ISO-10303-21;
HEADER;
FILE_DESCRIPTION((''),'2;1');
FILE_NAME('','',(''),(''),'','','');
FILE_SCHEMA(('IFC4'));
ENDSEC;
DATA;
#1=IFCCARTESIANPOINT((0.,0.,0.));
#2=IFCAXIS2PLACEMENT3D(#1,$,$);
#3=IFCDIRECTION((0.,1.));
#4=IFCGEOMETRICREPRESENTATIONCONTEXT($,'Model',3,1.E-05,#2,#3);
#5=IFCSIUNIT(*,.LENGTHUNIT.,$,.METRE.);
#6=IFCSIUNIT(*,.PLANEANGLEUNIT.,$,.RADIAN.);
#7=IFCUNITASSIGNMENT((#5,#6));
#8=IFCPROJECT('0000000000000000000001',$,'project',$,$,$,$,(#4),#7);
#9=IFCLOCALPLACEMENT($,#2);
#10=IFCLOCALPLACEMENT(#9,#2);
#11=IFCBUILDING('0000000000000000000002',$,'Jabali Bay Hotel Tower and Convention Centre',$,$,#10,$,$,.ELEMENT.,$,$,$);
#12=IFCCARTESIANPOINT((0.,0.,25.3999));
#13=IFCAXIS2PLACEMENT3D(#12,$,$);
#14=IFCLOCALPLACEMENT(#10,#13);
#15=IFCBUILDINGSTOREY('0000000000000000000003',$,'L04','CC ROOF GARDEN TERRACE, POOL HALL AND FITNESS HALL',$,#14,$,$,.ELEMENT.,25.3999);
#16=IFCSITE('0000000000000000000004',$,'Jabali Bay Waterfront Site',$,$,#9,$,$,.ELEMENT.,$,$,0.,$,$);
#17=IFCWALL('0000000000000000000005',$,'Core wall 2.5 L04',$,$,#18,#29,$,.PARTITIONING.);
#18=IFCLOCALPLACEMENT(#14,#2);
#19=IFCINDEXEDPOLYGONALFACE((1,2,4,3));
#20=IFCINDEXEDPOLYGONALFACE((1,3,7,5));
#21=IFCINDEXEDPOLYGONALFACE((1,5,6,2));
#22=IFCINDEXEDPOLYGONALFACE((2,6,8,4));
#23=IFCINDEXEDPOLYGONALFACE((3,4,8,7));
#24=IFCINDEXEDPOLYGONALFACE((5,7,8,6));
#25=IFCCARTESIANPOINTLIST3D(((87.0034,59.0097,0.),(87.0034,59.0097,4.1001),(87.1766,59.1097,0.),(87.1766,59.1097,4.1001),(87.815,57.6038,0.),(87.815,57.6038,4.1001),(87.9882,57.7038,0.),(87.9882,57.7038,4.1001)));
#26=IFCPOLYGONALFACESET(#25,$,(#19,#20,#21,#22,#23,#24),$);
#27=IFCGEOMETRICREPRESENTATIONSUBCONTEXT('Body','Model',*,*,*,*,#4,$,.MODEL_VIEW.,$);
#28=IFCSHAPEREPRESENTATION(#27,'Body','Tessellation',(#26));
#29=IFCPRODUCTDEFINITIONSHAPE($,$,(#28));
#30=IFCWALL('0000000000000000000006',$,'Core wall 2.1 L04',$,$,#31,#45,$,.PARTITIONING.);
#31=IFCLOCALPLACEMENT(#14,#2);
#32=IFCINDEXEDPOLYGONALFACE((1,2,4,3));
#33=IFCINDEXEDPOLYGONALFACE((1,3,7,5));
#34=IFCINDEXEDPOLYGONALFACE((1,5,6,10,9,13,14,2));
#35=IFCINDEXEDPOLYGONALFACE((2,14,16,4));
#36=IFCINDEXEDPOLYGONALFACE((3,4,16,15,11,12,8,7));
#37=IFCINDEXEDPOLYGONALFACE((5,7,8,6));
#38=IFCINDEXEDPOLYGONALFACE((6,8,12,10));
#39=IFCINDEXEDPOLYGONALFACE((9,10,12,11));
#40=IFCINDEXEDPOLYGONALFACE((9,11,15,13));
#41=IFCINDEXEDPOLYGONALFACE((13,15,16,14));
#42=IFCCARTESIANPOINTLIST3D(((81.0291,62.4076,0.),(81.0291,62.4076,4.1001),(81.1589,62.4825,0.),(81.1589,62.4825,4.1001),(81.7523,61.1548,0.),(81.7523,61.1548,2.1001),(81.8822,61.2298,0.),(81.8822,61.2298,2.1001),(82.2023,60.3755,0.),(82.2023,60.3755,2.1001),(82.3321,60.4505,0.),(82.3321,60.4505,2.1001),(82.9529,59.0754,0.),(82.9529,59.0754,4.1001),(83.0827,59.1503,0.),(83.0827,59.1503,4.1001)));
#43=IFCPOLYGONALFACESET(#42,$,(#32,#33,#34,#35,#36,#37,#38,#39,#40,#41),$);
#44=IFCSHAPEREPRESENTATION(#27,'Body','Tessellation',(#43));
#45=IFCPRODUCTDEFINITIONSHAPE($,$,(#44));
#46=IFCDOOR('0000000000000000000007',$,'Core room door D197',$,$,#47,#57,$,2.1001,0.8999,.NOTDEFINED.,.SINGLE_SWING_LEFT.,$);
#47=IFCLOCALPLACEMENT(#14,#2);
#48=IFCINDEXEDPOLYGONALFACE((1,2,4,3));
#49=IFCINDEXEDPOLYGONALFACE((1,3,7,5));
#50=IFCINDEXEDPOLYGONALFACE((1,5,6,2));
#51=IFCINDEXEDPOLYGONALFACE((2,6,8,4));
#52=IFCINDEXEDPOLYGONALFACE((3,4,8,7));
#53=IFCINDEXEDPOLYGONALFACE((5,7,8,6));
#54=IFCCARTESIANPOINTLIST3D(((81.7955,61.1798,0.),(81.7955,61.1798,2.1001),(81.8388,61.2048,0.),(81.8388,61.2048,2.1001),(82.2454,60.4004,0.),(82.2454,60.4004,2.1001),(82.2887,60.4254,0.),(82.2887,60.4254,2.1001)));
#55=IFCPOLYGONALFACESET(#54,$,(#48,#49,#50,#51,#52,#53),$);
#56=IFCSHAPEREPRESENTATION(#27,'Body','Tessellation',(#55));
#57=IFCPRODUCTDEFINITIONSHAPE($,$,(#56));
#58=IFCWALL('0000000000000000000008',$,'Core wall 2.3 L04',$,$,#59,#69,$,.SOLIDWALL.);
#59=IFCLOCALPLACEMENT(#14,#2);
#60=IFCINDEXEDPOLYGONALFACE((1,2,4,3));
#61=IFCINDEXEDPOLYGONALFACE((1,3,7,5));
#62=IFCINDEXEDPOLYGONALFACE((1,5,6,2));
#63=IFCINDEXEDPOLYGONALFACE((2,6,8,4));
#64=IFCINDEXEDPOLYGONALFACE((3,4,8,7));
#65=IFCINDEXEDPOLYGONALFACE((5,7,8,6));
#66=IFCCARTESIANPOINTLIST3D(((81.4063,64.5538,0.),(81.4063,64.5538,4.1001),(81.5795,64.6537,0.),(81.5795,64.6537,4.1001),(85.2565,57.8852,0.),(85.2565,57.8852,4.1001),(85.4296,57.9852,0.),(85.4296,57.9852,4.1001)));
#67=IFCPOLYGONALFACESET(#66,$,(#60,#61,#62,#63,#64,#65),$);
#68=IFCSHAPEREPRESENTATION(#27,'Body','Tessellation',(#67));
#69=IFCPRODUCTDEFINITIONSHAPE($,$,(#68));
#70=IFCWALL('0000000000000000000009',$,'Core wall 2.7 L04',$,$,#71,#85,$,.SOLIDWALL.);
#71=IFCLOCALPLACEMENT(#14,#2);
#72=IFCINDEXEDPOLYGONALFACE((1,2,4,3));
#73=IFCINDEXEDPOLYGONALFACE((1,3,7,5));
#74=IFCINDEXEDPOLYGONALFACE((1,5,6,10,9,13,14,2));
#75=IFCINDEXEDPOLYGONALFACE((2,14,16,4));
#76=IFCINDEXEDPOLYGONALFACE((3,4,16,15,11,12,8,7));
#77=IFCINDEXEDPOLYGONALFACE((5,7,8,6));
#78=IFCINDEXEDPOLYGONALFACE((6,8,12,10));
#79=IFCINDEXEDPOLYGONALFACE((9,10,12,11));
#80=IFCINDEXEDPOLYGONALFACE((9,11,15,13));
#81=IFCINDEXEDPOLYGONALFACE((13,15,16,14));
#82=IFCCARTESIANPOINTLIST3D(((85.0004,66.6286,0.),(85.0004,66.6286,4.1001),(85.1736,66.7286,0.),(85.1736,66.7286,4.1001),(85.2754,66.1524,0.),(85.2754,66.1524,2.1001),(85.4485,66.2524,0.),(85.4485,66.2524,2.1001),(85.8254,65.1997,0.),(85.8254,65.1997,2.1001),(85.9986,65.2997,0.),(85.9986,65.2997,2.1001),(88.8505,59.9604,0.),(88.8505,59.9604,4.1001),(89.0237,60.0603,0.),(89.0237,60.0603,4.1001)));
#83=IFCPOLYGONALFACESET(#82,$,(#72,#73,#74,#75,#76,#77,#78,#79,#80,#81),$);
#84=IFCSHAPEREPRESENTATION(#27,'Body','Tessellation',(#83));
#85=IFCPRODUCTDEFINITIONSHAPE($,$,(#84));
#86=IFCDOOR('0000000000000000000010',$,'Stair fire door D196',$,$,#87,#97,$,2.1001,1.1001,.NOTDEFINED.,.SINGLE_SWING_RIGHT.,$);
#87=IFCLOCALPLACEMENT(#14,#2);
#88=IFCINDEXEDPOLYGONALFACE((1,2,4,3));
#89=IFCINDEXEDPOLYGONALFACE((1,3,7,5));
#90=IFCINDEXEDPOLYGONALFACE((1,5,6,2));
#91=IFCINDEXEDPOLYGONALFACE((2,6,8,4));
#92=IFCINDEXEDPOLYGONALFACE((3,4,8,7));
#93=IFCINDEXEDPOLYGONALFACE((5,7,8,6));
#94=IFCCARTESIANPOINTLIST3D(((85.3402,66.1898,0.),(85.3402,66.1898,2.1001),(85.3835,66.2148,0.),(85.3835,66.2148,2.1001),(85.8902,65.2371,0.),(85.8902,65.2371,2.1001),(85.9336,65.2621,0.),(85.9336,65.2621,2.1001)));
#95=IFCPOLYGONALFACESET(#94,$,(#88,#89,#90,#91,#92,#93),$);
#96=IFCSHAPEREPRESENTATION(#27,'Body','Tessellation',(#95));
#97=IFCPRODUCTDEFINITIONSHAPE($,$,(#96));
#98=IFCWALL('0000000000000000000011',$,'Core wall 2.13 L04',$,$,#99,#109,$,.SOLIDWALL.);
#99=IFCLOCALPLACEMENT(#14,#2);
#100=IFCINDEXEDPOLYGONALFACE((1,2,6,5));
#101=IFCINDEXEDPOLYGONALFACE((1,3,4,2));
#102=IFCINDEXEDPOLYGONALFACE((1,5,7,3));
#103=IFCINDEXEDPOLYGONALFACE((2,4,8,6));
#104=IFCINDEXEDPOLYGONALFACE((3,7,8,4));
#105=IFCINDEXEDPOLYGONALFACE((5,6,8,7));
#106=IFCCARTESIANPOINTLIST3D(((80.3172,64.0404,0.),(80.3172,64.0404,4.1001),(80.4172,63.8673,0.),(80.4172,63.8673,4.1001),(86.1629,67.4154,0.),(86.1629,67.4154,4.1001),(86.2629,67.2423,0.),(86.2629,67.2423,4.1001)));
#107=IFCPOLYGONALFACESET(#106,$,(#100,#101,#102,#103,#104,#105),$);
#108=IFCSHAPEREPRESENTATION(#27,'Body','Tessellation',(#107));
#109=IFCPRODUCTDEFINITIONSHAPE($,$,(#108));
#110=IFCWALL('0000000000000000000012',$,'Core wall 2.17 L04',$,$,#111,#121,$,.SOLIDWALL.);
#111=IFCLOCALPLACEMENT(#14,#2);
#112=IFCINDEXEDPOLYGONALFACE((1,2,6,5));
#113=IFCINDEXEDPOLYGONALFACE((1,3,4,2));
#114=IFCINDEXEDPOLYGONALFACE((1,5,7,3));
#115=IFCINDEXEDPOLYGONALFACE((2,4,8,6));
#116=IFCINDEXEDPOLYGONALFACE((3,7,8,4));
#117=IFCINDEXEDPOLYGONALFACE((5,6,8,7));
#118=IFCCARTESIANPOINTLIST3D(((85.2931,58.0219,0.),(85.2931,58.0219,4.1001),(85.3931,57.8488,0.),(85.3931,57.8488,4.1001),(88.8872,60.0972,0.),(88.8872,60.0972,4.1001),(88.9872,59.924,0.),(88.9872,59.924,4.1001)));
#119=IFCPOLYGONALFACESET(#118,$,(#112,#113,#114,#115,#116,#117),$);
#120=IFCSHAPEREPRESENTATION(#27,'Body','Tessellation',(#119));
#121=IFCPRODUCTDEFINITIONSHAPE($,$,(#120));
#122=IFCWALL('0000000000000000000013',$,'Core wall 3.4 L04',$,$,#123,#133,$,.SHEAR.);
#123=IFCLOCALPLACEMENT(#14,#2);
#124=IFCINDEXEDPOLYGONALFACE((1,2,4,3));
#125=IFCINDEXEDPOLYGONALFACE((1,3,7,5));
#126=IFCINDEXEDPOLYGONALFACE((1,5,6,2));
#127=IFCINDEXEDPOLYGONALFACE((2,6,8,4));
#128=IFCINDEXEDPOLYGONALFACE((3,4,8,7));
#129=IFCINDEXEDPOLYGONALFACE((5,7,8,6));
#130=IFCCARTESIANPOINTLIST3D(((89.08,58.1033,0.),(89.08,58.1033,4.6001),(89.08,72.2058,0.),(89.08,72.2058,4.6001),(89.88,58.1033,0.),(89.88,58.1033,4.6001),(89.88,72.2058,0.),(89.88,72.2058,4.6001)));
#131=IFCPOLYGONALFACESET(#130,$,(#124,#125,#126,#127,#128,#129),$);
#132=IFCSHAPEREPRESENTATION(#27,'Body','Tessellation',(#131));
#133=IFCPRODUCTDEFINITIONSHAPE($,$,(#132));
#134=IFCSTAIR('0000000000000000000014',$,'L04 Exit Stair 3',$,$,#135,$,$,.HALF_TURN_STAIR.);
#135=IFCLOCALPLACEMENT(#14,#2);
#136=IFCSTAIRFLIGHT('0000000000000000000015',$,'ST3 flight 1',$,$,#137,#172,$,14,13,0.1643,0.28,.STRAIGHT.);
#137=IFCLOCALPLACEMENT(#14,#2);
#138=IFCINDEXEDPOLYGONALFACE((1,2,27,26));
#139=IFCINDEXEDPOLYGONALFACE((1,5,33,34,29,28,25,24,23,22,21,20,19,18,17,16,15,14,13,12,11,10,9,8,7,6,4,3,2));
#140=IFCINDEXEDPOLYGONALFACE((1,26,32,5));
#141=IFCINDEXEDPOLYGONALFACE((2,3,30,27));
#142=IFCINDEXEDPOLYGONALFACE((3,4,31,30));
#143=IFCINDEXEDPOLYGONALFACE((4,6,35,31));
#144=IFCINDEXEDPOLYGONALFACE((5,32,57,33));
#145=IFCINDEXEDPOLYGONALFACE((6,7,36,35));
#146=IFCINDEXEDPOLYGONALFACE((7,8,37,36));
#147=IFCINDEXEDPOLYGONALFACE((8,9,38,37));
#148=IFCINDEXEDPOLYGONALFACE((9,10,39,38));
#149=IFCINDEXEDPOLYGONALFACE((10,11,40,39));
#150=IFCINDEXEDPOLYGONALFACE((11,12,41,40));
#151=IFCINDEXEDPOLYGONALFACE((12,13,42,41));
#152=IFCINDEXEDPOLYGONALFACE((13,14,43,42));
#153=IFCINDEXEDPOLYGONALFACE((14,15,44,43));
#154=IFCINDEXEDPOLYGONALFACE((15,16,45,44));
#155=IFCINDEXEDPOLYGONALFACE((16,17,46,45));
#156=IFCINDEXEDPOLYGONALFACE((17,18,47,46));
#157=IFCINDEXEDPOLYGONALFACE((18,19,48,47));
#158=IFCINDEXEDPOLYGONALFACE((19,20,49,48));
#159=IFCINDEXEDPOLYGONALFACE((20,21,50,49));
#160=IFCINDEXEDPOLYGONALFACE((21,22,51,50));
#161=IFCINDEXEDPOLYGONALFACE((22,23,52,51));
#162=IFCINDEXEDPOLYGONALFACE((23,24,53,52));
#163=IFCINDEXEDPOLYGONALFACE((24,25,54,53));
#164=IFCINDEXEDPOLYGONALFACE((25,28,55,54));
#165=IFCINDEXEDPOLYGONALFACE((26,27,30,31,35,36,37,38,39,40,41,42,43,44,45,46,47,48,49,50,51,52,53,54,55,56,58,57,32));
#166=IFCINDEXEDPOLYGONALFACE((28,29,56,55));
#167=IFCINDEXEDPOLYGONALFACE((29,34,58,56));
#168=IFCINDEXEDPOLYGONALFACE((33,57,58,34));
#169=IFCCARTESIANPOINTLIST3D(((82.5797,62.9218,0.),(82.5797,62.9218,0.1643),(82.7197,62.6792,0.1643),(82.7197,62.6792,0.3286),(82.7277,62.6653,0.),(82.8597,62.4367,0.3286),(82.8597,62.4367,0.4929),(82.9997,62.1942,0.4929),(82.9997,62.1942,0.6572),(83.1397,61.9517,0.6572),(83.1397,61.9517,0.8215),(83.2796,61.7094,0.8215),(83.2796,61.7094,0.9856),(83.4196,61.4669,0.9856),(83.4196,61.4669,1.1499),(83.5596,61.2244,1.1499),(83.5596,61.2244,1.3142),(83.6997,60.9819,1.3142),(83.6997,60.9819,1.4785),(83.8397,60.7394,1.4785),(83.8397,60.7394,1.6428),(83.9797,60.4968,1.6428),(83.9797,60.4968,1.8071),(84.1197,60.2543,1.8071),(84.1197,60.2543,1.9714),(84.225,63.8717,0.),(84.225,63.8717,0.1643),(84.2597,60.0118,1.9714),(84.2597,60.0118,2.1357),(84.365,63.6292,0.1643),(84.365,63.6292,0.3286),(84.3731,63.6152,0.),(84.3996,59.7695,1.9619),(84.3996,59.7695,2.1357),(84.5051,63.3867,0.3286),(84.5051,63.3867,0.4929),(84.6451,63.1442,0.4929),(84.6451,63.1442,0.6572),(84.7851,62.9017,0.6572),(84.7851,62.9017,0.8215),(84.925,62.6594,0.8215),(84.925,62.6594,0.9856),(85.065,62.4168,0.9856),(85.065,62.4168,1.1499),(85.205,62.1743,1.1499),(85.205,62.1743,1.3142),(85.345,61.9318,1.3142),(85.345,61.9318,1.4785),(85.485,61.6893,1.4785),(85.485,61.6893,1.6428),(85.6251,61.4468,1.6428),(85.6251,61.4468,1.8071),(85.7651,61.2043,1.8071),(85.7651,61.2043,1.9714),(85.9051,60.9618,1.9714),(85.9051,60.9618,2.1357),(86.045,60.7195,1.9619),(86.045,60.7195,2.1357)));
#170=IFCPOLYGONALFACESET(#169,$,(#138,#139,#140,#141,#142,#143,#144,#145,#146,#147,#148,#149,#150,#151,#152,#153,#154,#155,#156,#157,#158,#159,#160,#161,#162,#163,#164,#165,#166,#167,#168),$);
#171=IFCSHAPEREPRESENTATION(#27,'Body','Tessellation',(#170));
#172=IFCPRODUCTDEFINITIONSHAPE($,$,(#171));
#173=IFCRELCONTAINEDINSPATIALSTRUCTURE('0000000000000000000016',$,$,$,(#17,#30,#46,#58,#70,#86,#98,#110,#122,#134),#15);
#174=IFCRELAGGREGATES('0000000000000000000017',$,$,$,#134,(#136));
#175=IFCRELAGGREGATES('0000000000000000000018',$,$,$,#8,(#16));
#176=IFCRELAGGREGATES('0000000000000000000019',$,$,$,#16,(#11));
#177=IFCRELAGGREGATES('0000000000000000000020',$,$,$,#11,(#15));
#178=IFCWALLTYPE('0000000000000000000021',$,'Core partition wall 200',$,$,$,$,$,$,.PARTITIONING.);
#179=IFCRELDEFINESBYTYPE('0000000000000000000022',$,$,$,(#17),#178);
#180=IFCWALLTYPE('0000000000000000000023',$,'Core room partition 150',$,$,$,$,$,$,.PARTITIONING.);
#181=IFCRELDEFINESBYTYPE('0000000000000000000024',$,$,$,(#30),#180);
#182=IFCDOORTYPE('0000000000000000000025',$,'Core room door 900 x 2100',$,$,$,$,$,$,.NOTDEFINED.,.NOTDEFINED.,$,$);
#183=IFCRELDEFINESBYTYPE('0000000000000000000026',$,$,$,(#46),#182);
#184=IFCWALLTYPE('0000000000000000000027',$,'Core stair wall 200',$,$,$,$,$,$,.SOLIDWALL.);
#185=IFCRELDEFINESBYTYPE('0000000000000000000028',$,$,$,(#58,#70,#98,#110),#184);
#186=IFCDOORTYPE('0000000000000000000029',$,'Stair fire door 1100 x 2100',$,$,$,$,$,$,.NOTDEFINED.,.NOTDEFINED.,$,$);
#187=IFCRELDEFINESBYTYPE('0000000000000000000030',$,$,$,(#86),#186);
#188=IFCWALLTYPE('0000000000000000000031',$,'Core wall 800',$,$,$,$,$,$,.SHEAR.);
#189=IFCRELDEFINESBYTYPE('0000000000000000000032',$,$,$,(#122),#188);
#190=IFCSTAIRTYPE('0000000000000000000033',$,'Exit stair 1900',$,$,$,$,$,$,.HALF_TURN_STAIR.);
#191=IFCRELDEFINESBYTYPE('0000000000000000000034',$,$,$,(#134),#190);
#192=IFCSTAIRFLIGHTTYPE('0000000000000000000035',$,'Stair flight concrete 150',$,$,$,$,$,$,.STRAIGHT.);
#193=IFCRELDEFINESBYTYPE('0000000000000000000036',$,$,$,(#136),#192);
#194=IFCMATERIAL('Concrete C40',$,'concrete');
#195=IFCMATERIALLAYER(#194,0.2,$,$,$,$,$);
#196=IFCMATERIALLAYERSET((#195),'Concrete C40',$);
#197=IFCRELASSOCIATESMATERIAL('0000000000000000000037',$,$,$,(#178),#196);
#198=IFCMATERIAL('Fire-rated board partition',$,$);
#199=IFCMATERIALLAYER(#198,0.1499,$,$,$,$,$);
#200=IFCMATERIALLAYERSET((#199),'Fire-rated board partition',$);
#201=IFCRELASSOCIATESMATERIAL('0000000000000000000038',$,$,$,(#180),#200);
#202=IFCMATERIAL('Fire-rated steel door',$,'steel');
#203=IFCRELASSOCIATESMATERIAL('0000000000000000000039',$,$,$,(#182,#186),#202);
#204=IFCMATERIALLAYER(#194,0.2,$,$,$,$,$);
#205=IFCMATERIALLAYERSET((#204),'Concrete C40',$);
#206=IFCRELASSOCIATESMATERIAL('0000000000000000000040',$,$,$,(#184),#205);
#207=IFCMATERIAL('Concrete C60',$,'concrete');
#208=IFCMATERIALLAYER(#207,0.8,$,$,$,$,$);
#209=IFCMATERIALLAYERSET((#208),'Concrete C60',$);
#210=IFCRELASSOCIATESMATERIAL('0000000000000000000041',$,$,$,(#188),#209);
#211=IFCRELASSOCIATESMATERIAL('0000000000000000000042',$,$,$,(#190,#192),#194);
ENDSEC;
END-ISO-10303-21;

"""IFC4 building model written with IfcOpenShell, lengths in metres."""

from ifc_helpers import new_model, si_unit, direction, frame, frame_2d, origin, place, context, subcontext, project, spatial, polyline, rectangle, outline, extrude, material, layer, layer_set, type_object, element, fill, aggregate, save


model = new_model("IFC4")

# Units and contexts
model_context = context("Model", 3, precision=1e-05, world=origin(), true_north=direction((0.0, 1.0)))
body_context = subcontext(model_context, "Body", "Model", "MODEL_VIEW")
ifc_project = project(units=[si_unit("LENGTHUNIT", "METRE"), si_unit("PLANEANGLEUNIT", "RADIAN")], contexts=[model_context])

# Site, building, storey
site_placement = place(None, origin())
site = spatial("IfcSite", under=ifc_project, at=site_placement, Name="Jabali Bay Waterfront Site", CompositionType="ELEMENT", RefElevation=0.0)
building_placement = place(site_placement, origin())
building = spatial("IfcBuilding", under=site, at=building_placement, Name="Jabali Bay Hotel Tower and Convention Centre", CompositionType="ELEMENT")
storey_placement = place(building_placement, frame((0.0, 0.0, 25.3999)))
storey = spatial("IfcBuildingStorey", under=building, at=storey_placement, Name="L04", Description="CC ROOF GARDEN TERRACE, POOL HALL AND FITNESS HALL", CompositionType="ELEMENT", Elevation=25.3999)

# Wall
ifc_material_1 = material(Name="Concrete C40", Category="concrete")
ifc_layer_1 = layer(ifc_material_1, 0.2)
ifc_layer_set_1 = layer_set([ifc_layer_1], Name="Concrete C40")
wall_type_1 = type_object("IfcWallType", Name="Core partition wall 200", PredefinedType="PARTITIONING", material=ifc_layer_set_1)
wall_1_placement = place(storey_placement, frame((87.0901, 59.0596, 0.0), z_axis=(0.0, 0.0, 1.0), x_axis=(0.499957, -0.86605, 0.0)))
element("IfcWall", 1, at=wall_1_placement, inside=storey, type_object=wall_type_1, Name="Core wall 2.5 L04", PredefinedType="PARTITIONING", context=body_context, shape_type="SweptSolid", body=[
    extrude(rectangle(XDim=1.6233, YDim=0.2, at=frame_2d((0.8115, 0.0))), origin(), (0.0, 0.0, 1.0), 4.1001),
])

# Wall, opening, door
ifc_material_2 = material(Name="Fire-rated board partition")
ifc_layer_2 = layer(ifc_material_2, 0.1499)
ifc_layer_set_2 = layer_set([ifc_layer_2], Name="Fire-rated board partition")
wall_type_2 = type_object("IfcWallType", Name="Core room partition 150", PredefinedType="PARTITIONING", material=ifc_layer_set_2)
wall_2_placement = place(storey_placement, frame((81.094, 62.4451, 0.0), z_axis=(0.0, 0.0, 1.0), x_axis=(0.499988, -0.866032, 0.0)))
wall_2 = element("IfcWall", 2, at=wall_2_placement, inside=storey, type_object=wall_type_2, Name="Core wall 2.1 L04", PredefinedType="PARTITIONING", context=body_context, shape_type="SweptSolid", body=[
    extrude(rectangle(XDim=3.8477, YDim=0.1499, at=frame_2d((1.9238, 0.0))), origin(), (0.0, 0.0, 1.0), 4.1001),
])
opening_1_placement = place(wall_2_placement, frame((1.4465, 0.0, 0.0)))
opening_1 = element("IfcOpeningElement", 3, at=opening_1_placement, cuts=wall_2, PredefinedType="OPENING", context=body_context, shape_type="SweptSolid", body=[
    extrude(rectangle(XDim=0.8999, YDim=2.1001, at=frame_2d((0.45, 1.05))), frame((0.0, 0.0854, 0.0), z_axis=(0.0, -1.0, 0.0), x_axis=(1.0, 0.0, 0.0)), (0.0, 0.0, 1.0), 0.1709),
])
ifc_material_3 = material(Name="Fire-rated steel door", Category="steel")
door_type_1 = type_object("IfcDoorType", Name="Core room door 900 x 2100", OperationType="NOTDEFINED", PredefinedType="NOTDEFINED", material=ifc_material_3)
door_1_placement = place(opening_1_placement, origin())
door_1 = element("IfcDoor", 4, at=door_1_placement, inside=storey, type_object=door_type_1, Name="Core room door D197", OperationType="SINGLE_SWING_LEFT", OverallHeight=2.1001, OverallWidth=0.8999, PredefinedType="NOTDEFINED", context=body_context, shape_type="SweptSolid", body=[
    extrude(rectangle(XDim=0.8999, YDim=2.1001, at=frame_2d((0.45, 1.05))), frame((0.0, 0.0249, 0.0), z_axis=(0.0, -1.0, 0.0), x_axis=(1.0, 0.0, 0.0)), (0.0, 0.0, 1.0), 0.05),
])
fill(opening_1, door_1)

# Wall
ifc_layer_3 = layer(ifc_material_1, 0.2)
ifc_layer_set_3 = layer_set([ifc_layer_3], Name="Concrete C40")
wall_type_3 = type_object("IfcWallType", Name="Core stair wall 200", PredefinedType="SOLIDWALL", material=ifc_layer_set_3)
wall_3_placement = place(storey_placement, frame((81.4929, 64.6038, 0.0), z_axis=(0.0, 0.0, 1.0), x_axis=(0.500006, -0.866022, 0.0)))
element("IfcWall", 5, at=wall_3_placement, inside=storey, type_object=wall_type_3, Name="Core wall 2.3 L04", PredefinedType="SOLIDWALL", context=body_context, shape_type="SweptSolid", body=[
    extrude(rectangle(XDim=7.7002, YDim=0.2, at=frame_2d((3.8501, 0.0))), origin(), (0.0, 0.0, 1.0), 4.1001),
])

# Wall, opening, door
wall_4_placement = place(storey_placement, frame((85.0869, 66.6787, 0.0), z_axis=(0.0, 0.0, 1.0), x_axis=(0.50002, -0.866014, 0.0)))
wall_4 = element("IfcWall", 6, at=wall_4_placement, inside=storey, type_object=wall_type_3, Name="Core wall 2.7 L04", PredefinedType="SOLIDWALL", context=body_context, shape_type="SweptSolid", body=[
    extrude(rectangle(XDim=7.7, YDim=0.2, at=frame_2d((3.8501, 0.0))), origin(), (0.0, 0.0, 1.0), 4.1001),
])
opening_2_placement = place(wall_4_placement, frame((0.55, 0.0, 0.0)))
opening_2 = element("IfcOpeningElement", 7, at=opening_2_placement, cuts=wall_4, PredefinedType="OPENING", context=body_context, shape_type="SweptSolid", body=[
    extrude(rectangle(XDim=1.1001, YDim=2.1001, at=frame_2d((0.55, 1.05))), frame((0.0, 0.1104, 0.0), z_axis=(0.0, -1.0, 0.0), x_axis=(1.0, 0.0, 0.0)), (0.0, 0.0, 1.0), 0.2209),
])
door_type_2 = type_object("IfcDoorType", Name="Stair fire door 1100 x 2100", OperationType="NOTDEFINED", PredefinedType="NOTDEFINED", material=ifc_material_3)
door_2_placement = place(opening_2_placement, origin())
door_2 = element("IfcDoor", 8, at=door_2_placement, inside=storey, type_object=door_type_2, Name="Stair fire door D196", OperationType="SINGLE_SWING_RIGHT", OverallHeight=2.1001, OverallWidth=1.1001, PredefinedType="NOTDEFINED", context=body_context, shape_type="SweptSolid", body=[
    extrude(rectangle(XDim=1.1001, YDim=2.1001, at=frame_2d((0.55, 1.05))), frame((0.0, 0.0249, 0.0), z_axis=(0.0, -1.0, 0.0), x_axis=(1.0, 0.0, 0.0)), (0.0, 0.0, 1.0), 0.05),
])
fill(opening_2, door_2)

# Walls
wall_5_placement = place(storey_placement, frame((80.3672, 63.9539, 0.0), z_axis=(0.0, 0.0, 1.0), x_axis=(0.866027, 0.499998, 0.0)))
element("IfcWall", 9, at=wall_5_placement, inside=storey, type_object=wall_type_3, Name="Core wall 2.13 L04", PredefinedType="SOLIDWALL", context=body_context, shape_type="SweptSolid", body=[
    extrude(rectangle(XDim=6.75, YDim=0.2, at=frame_2d((3.375, 0.0))), origin(), (0.0, 0.0, 1.0), 4.1001),
])
wall_6_placement = place(storey_placement, frame((85.343, 57.9353, 0.0), z_axis=(0.0, 0.0, 1.0), x_axis=(0.866004, 0.500036, 0.0)))
element("IfcWall", 10, at=wall_6_placement, inside=storey, type_object=wall_type_3, Name="Core wall 2.17 L04", PredefinedType="SOLIDWALL", context=body_context, shape_type="SweptSolid", body=[
    extrude(rectangle(XDim=4.1501, YDim=0.2, at=frame_2d((2.0752, 0.0))), origin(), (0.0, 0.0, 1.0), 4.1001),
])
ifc_material_4 = material(Name="Concrete C60", Category="concrete")
ifc_layer_4 = layer(ifc_material_4, 0.8)
ifc_layer_set_4 = layer_set([ifc_layer_4], Name="Concrete C60")
wall_type_4 = type_object("IfcWallType", Name="Core wall 800", PredefinedType="SHEAR", material=ifc_layer_set_4)
wall_7_placement = place(storey_placement, frame((89.48, 58.1033, 0.0), z_axis=(0.0, 0.0, 1.0), x_axis=(0.0, 1.0, 0.0)))
element("IfcWall", 11, at=wall_7_placement, inside=storey, type_object=wall_type_4, Name="Core wall 3.4 L04", PredefinedType="SHEAR", context=body_context, shape_type="SweptSolid", body=[
    extrude(rectangle(XDim=14.1025, YDim=0.8, at=frame_2d((7.0513, 0.0))), origin(), (0.0, 0.0, 1.0), 4.6001),
])

# Stair, stair flight
stair_type = type_object("IfcStairType", Name="Exit stair 1900", PredefinedType="HALF_TURN_STAIR", material=ifc_material_1)
stair_placement = place(storey_placement, origin())
stair = element("IfcStair", 12, at=stair_placement, inside=storey, type_object=stair_type, Name="L04 Exit Stair 3", PredefinedType="HALF_TURN_STAIR")
stair_flight_type = type_object("IfcStairFlightType", Name="Stair flight concrete 150", PredefinedType="STRAIGHT", material=ifc_material_1)
stair_flight_1_placement = place(storey_placement, frame((83.4023, 63.3967, 0.0), z_axis=(0.0, 0.0, 1.0), x_axis=(0.5, -0.866025, 0.0)))
stair_flight_1 = element("IfcStairFlight", 13, at=stair_flight_1_placement, type_object=stair_flight_type, Name="ST3 flight 1", NumberOfRisers=14, NumberOfTreads=13, PredefinedType="STRAIGHT", RiserHeight=0.1643, TreadLength=0.28, context=body_context, shape_type="SweptSolid", body=[
    extrude(outline(polyline([(0.0, 0.0), (0.0, 0.1643), (0.28, 0.1643), (0.28, 0.3286), (0.5601, 0.3286), (0.5601, 0.4929), (0.8401, 0.4929), (0.8401, 0.6572), (1.1201, 0.6572), (1.1201, 0.8215), (1.3999, 0.8215), (1.3999, 0.9856), (1.6799, 0.9856), (1.6799, 1.1499), (1.96, 1.1499), (1.96, 1.3142), (2.24, 1.3142), (2.24, 1.4785), (2.52, 1.4785), (2.52, 1.6428), (2.8, 1.6428), (2.8, 1.8071), (3.0801, 1.8071), (3.0801, 1.9714), (3.3601, 1.9714), (3.3601, 2.1357), (3.6399, 2.1357), (3.6399, 2.3), (3.6399, 1.9619), (0.2961, 0.0), (0.0, 0.0)])), frame((0.0, 0.95, 0.0), z_axis=(0.0, -1.0, 0.0), x_axis=(1.0, 0.0, 0.0)), (0.0, 0.0, 1.0), 1.8999),
])
aggregate(stair, [stair_flight_1])

save(model, "model.ifc")
